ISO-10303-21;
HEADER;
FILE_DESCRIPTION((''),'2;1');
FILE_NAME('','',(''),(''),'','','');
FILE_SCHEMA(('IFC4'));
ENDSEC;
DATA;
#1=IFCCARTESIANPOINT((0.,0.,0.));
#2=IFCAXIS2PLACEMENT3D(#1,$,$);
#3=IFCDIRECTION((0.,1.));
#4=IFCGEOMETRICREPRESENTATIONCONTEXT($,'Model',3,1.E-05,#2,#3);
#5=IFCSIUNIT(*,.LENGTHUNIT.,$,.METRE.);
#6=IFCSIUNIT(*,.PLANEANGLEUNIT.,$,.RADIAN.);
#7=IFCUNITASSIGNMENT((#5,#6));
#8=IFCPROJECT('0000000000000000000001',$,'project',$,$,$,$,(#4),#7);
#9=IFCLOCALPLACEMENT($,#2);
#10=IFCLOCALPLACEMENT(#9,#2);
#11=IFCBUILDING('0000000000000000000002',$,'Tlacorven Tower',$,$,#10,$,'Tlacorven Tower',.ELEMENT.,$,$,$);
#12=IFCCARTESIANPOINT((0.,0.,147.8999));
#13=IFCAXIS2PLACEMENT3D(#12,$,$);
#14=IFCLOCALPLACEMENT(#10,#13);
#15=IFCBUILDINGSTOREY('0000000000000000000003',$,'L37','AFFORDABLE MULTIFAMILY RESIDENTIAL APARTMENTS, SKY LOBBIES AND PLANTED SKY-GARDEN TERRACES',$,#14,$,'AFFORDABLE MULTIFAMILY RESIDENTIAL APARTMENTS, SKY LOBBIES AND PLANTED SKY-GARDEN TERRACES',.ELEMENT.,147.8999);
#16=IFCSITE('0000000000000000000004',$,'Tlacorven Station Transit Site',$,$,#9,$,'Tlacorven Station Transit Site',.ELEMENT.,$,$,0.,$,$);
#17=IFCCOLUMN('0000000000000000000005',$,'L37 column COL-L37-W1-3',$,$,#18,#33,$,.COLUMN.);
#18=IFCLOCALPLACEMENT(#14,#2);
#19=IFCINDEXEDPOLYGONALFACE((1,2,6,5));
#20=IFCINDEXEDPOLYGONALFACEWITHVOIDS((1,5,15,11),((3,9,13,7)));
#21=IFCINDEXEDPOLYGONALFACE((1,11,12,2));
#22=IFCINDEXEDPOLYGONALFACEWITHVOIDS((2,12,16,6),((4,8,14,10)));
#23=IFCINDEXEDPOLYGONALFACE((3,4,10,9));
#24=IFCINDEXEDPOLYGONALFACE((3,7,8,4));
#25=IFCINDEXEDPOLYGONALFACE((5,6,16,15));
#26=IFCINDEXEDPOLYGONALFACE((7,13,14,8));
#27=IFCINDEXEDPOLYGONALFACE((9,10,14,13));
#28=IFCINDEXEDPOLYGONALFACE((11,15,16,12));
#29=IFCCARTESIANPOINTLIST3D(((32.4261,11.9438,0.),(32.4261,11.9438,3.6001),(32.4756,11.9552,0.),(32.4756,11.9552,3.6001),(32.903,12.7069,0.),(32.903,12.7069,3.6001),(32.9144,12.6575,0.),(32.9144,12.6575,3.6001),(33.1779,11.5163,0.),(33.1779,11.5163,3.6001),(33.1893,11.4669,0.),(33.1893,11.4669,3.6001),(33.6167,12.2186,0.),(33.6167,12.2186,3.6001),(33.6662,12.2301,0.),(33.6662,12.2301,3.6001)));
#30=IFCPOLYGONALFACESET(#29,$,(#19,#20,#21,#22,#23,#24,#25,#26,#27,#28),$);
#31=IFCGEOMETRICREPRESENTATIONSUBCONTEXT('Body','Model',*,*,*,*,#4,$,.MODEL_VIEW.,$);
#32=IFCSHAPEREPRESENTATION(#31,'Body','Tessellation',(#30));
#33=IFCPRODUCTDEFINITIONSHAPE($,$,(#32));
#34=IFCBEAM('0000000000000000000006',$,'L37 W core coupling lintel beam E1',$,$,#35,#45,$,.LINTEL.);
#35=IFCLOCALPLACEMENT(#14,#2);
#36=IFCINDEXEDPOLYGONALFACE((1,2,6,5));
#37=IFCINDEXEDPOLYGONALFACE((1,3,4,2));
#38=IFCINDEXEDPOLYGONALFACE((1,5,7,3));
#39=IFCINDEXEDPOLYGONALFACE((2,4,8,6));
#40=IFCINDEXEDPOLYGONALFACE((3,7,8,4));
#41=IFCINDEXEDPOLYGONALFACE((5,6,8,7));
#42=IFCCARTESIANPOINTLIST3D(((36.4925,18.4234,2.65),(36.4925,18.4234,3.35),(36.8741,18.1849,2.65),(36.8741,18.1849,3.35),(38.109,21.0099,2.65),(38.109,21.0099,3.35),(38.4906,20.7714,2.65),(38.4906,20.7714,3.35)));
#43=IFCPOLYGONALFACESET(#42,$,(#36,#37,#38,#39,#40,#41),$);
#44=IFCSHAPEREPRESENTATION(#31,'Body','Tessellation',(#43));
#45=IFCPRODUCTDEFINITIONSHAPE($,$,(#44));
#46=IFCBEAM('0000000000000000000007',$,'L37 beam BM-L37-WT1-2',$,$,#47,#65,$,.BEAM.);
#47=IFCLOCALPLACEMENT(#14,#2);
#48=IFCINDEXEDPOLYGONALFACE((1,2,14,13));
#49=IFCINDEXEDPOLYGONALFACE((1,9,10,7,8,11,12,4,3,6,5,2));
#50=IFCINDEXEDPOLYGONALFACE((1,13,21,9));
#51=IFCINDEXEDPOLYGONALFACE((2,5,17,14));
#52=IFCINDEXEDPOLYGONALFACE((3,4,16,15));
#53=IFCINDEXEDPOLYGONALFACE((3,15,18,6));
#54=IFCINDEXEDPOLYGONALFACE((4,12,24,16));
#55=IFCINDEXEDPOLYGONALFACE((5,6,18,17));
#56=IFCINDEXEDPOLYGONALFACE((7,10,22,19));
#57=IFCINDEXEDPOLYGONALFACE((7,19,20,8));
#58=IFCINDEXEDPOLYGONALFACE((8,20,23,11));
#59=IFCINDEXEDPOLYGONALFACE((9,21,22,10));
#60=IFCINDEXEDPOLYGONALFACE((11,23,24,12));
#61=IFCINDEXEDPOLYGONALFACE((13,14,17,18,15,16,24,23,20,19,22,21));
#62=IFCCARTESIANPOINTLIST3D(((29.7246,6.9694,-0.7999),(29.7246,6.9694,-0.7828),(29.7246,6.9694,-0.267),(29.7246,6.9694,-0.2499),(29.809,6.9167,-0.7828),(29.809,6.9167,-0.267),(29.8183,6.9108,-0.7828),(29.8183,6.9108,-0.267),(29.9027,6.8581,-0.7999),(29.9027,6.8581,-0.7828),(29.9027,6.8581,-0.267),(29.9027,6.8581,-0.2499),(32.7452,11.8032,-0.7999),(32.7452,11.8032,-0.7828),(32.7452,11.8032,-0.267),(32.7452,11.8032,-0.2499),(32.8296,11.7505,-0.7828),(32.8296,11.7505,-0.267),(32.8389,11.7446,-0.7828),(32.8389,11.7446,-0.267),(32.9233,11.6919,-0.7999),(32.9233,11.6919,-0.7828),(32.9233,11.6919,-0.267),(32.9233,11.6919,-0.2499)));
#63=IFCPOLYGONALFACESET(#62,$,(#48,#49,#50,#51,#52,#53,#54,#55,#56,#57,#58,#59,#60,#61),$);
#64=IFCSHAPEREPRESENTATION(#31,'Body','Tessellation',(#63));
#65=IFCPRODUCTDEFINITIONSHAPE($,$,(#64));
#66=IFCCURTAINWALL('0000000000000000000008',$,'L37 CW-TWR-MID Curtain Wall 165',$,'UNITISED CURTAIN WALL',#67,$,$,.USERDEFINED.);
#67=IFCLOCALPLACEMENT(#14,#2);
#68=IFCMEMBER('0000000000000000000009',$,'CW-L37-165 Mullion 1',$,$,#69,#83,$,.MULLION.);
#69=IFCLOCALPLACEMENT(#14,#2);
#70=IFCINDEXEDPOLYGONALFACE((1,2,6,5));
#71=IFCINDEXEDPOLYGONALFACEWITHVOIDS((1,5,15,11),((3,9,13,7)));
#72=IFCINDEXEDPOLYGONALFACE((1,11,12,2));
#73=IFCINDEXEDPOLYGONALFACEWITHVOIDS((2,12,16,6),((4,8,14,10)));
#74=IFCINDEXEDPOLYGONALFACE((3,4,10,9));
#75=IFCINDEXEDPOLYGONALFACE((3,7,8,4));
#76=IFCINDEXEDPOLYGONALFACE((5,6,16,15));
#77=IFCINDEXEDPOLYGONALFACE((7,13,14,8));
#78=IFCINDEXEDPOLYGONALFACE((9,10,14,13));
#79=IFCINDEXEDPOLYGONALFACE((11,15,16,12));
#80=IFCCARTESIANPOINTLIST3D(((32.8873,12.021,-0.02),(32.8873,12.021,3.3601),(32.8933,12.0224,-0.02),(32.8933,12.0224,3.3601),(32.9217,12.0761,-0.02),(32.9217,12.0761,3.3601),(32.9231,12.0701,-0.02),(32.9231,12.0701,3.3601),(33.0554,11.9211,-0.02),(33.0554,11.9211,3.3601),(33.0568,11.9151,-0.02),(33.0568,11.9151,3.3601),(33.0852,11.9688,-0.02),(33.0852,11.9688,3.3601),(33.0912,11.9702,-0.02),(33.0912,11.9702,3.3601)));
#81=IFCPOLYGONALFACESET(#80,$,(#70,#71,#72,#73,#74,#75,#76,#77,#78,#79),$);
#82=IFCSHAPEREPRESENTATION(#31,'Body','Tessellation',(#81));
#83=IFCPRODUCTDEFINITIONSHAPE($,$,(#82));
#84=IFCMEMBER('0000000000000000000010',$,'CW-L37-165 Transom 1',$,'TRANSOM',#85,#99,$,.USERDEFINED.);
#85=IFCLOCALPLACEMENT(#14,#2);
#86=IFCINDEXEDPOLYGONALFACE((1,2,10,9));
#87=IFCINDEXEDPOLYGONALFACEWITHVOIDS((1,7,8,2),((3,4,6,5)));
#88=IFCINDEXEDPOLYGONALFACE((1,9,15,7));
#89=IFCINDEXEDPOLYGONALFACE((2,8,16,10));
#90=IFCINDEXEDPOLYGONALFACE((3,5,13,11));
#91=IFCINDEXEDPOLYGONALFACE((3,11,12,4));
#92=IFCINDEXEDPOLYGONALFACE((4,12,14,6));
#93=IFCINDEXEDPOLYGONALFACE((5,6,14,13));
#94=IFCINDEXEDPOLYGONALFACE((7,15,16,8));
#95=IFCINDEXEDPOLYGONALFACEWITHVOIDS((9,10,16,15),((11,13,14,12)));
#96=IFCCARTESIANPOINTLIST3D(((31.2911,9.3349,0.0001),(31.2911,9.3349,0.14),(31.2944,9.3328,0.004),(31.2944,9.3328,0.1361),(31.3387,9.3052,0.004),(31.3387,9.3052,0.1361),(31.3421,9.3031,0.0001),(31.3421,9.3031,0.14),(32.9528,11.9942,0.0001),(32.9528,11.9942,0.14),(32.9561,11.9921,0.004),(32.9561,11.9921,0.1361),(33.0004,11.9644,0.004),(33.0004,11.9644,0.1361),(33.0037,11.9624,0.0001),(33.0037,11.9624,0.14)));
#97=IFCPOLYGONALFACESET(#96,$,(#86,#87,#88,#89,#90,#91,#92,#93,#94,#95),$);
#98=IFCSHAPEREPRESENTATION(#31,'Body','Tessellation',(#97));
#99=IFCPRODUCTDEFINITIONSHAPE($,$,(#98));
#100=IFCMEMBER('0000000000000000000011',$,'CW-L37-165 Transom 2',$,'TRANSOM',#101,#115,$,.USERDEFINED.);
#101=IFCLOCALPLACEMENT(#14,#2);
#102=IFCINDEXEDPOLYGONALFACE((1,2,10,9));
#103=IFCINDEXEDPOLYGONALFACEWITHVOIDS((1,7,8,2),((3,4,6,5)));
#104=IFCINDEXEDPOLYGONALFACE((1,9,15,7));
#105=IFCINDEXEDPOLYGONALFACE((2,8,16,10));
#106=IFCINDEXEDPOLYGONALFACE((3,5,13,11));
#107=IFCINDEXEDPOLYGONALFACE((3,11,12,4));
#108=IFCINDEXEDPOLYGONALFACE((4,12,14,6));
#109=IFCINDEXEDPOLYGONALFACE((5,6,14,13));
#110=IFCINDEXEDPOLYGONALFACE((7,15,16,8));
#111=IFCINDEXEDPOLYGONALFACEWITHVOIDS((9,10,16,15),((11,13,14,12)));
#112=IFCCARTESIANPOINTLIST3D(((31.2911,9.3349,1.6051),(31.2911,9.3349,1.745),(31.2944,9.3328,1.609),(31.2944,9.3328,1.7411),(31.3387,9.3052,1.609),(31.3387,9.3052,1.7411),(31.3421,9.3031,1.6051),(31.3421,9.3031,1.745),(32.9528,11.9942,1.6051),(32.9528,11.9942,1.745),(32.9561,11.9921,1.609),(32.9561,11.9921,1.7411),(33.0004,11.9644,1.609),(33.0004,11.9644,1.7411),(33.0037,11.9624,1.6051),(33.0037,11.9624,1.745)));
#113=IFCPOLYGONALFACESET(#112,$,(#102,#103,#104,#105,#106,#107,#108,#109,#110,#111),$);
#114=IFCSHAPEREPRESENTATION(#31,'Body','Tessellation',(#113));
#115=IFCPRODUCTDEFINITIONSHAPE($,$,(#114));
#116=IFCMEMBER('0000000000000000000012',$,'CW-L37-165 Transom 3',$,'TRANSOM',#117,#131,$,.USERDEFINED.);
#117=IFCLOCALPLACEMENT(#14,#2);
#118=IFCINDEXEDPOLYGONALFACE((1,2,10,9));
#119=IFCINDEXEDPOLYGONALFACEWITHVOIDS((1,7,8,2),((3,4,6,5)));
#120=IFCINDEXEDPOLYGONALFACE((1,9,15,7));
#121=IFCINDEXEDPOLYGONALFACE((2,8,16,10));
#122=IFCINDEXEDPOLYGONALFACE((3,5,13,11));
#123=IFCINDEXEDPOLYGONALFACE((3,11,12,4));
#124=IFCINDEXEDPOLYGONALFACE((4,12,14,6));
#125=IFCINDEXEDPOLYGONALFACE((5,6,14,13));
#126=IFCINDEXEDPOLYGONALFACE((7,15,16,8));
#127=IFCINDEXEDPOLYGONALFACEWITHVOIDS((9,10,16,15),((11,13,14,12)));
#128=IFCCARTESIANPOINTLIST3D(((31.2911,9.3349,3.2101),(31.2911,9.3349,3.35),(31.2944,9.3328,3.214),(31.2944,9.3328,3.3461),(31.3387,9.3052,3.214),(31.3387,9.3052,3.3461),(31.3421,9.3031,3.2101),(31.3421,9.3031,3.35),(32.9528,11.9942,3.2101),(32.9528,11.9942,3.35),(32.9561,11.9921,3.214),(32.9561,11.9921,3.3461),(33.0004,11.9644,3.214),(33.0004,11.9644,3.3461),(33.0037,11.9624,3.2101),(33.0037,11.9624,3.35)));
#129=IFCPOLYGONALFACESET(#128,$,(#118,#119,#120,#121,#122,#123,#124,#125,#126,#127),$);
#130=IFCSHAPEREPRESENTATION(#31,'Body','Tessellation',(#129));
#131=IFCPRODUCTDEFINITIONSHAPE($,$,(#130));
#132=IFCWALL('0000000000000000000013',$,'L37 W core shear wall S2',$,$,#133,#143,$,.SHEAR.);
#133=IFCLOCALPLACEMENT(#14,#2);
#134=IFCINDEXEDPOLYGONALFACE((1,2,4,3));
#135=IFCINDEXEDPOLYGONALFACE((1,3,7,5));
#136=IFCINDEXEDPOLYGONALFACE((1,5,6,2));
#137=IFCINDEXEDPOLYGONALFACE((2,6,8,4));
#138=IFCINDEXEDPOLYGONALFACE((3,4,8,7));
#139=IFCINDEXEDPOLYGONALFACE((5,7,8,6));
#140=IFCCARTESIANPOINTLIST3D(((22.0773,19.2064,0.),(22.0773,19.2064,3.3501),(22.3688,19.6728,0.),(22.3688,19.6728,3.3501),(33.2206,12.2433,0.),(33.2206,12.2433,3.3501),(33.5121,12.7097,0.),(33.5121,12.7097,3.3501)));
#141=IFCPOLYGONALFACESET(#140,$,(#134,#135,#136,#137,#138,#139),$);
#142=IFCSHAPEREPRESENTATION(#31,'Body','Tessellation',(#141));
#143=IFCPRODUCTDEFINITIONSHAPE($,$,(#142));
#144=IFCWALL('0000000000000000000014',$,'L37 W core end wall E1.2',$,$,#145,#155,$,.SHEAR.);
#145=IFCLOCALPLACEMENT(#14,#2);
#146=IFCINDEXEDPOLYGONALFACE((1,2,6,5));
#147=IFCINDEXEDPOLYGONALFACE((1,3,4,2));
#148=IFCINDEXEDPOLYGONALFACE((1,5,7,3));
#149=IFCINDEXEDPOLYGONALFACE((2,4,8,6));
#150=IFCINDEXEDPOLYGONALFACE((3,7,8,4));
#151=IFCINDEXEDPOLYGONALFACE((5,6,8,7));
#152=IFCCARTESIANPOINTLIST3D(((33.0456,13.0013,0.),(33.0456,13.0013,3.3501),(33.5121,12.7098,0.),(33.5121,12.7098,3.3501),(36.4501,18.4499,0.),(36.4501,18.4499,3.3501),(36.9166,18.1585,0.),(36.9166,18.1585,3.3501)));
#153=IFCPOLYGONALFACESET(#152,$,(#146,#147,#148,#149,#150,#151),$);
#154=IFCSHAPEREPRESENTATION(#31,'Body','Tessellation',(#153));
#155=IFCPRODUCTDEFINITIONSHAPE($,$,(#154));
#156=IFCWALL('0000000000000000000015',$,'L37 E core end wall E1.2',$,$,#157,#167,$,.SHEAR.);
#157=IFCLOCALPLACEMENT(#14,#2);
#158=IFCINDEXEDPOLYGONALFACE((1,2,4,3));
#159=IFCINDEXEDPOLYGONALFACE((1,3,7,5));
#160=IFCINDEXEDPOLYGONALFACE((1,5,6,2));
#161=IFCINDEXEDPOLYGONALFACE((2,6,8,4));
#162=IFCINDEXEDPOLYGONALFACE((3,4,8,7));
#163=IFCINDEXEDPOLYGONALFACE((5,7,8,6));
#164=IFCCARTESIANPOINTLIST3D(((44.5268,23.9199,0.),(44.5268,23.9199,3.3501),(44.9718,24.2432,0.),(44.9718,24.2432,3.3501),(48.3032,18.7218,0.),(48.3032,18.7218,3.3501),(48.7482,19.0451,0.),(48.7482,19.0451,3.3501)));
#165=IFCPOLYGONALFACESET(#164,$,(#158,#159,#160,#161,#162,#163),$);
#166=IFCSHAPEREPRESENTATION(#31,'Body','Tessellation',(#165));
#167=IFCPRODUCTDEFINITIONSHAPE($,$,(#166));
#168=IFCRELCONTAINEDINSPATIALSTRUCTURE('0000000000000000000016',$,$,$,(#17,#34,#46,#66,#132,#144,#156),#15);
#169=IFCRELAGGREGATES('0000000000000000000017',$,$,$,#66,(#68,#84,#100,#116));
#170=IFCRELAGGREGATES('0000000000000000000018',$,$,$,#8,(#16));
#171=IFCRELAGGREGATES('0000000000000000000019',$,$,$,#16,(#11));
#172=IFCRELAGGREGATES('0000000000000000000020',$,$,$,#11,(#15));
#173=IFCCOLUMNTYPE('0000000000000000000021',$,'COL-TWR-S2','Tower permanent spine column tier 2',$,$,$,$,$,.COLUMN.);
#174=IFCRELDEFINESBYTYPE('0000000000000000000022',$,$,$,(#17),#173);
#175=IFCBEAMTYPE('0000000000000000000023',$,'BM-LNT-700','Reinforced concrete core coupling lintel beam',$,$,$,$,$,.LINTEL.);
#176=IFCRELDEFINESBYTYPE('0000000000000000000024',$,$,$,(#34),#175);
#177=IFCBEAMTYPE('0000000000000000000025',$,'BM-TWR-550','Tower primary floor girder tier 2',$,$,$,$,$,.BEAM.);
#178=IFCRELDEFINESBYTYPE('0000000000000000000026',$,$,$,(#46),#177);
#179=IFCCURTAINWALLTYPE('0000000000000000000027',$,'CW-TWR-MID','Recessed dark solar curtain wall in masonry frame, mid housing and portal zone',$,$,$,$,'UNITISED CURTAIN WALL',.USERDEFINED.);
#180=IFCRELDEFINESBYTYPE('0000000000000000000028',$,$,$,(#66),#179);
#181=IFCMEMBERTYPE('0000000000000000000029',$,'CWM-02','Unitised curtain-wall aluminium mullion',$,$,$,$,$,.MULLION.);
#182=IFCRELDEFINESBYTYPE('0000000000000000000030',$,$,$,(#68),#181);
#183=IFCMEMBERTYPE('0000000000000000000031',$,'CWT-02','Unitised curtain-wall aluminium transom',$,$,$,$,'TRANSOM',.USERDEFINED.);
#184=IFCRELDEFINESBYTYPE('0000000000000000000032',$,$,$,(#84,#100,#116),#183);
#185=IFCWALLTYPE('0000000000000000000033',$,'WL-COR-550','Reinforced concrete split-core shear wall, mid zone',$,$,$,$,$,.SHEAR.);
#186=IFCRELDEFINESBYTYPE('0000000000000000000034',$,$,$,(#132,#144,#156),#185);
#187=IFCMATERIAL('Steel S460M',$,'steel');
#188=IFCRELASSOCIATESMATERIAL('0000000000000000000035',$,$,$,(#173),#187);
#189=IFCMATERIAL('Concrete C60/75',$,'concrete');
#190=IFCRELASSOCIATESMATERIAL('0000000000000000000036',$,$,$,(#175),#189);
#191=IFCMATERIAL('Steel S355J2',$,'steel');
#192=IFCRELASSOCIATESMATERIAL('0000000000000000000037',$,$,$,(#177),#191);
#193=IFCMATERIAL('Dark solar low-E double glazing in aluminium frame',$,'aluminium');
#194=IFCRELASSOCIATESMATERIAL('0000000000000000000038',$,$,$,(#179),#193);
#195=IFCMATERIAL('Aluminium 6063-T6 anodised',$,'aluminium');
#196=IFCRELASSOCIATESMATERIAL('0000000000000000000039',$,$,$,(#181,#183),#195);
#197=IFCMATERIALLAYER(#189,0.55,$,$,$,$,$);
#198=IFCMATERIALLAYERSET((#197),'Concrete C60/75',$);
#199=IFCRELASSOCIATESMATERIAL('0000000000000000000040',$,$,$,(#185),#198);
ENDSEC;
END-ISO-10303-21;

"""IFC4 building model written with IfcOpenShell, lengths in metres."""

from ifc_helpers import new_model, si_unit, direction, frame, frame_2d, origin, origin_2d, place, context, subcontext, project, spatial, rectangle, hollow_rectangle, i_section, extrude, source, transform, mapped, material, layer, layer_set, material_profile, profile_set, type_object, element, aggregate, save


model = new_model("IFC4")

# Units and contexts
model_context = context("Model", 3, precision=1e-05, world=origin(), true_north=direction((0.0, 1.0)))
body_context = subcontext(model_context, "Body", "Model", "MODEL_VIEW")
ifc_project = project(units=[si_unit("LENGTHUNIT", "METRE"), si_unit("PLANEANGLEUNIT", "RADIAN")], contexts=[model_context])

# Site, building, storey
site_placement = place(None, origin())
site = spatial("IfcSite", under=ifc_project, at=site_placement, Name="Tlacorven Station Transit Site", LongName="Tlacorven Station Transit Site", CompositionType="ELEMENT", RefElevation=0.0)
building_placement = place(site_placement, origin())
building = spatial("IfcBuilding", under=site, at=building_placement, Name="Tlacorven Tower", LongName="Tlacorven Tower", CompositionType="ELEMENT")
storey_placement = place(building_placement, frame((0.0, 0.0, 147.8999)))
storey = spatial("IfcBuildingStorey", under=building, at=storey_placement, Name="L37", Description="AFFORDABLE MULTIFAMILY RESIDENTIAL APARTMENTS, SKY LOBBIES AND PLANTED SKY-GARDEN TERRACES", LongName="AFFORDABLE MULTIFAMILY RESIDENTIAL APARTMENTS, SKY LOBBIES AND PLANTED SKY-GARDEN TERRACES", CompositionType="ELEMENT", Elevation=147.8999)

# Column
ifc_material_1 = material(Name="Steel S460M", Category="steel")
ifc_material_profile_1 = material_profile(ifc_material_1, hollow_rectangle(XDim=0.8999, YDim=0.8999, WallThickness=0.0359, at=origin_2d()), Name="BOX 900X900X36")
ifc_profile_set_1 = profile_set([ifc_material_profile_1], Name="Steel S460M")
column_type = type_object("IfcColumnType", Name="COL-TWR-S2", Description="Tower permanent spine column tier 2", PredefinedType="COLUMN", material=ifc_profile_set_1)
shared_shape_1 = source(origin(), body_context, "Body", "SweptSolid", [
    extrude(hollow_rectangle(XDim=0.8999, YDim=0.8999, WallThickness=0.0359, at=origin_2d()), origin(), (0.0, 0.0, 1.0), 3.6001),
])
column_placement = place(storey_placement, frame((33.0461, 12.0869, 0.0), z_axis=(0.0, 0.0, 1.0), x_axis=(-0.848048, 0.529919, 0.0)))
element("IfcColumn", 1, at=column_placement, inside=storey, type_object=column_type, Name="L37 column COL-L37-W1-3", PredefinedType="COLUMN", context=body_context, shape_type="MappedRepresentation", body=[
    mapped(shared_shape_1, transform((0.0, 0.0, 0.0), scale=1.0)),
])

# Beams
ifc_material_2 = material(Name="Concrete C60/75", Category="concrete")
ifc_material_profile_2 = material_profile(ifc_material_2, rectangle(XDim=0.45, YDim=0.7, at=origin_2d()), Name="RC 450X700")
ifc_profile_set_2 = profile_set([ifc_material_profile_2], Name="Concrete C60/75")
beam_type_1 = type_object("IfcBeamType", Name="BM-LNT-700", Description="Reinforced concrete core coupling lintel beam", PredefinedType="LINTEL", material=ifc_profile_set_2)
shared_shape_2 = source(origin(), body_context, "Body", "SweptSolid", [
    extrude(rectangle(XDim=0.45, YDim=0.7, at=origin_2d()), origin(), (0.0, 0.0, 1.0), 3.05),
])
beam_1_placement = place(storey_placement, frame((38.2998, 20.8906, 3.0), z_axis=(-0.529985, -0.848007, 0.0), x_axis=(0.848007, -0.529985, 0.0)))
element("IfcBeam", 2, at=beam_1_placement, inside=storey, type_object=beam_type_1, Name="L37 W core coupling lintel beam E1", PredefinedType="LINTEL", context=body_context, shape_type="MappedRepresentation", body=[
    mapped(shared_shape_2, transform((0.0, 0.0, 0.0), scale=1.0)),
])
ifc_material_3 = material(Name="Steel S355J2", Category="steel")
ifc_material_profile_3 = material_profile(ifc_material_3, i_section(OverallWidth=0.21, OverallDepth=0.55, WebThickness=0.011, FlangeThickness=0.0171, at=origin_2d()), Name="IPE 550")
ifc_profile_set_3 = profile_set([ifc_material_profile_3], Name="Steel S355J2")
beam_type_2 = type_object("IfcBeamType", Name="BM-TWR-550", Description="Tower primary floor girder tier 2", PredefinedType="BEAM", material=ifc_profile_set_3)
shared_shape_3 = source(origin(), body_context, "Body", "SweptSolid", [
    extrude(i_section(OverallWidth=0.21, OverallDepth=0.55, WebThickness=0.011, FlangeThickness=0.0171, at=origin_2d()), origin(), (0.0, 0.0, 1.0), 5.7),
])
beam_2_placement = place(storey_placement, frame((32.8342, 11.7476, -0.5249), z_axis=(-0.529926, -0.848044, 0.0), x_axis=(0.848044, -0.529926, 0.0)))
element("IfcBeam", 3, at=beam_2_placement, inside=storey, type_object=beam_type_2, Name="L37 beam BM-L37-WT1-2", PredefinedType="BEAM", context=body_context, shape_type="MappedRepresentation", body=[
    mapped(shared_shape_3, transform((0.0, 0.0, 0.0), scale=1.0)),
])

# Curtain wall, members
ifc_material_4 = material(Name="Dark solar low-E double glazing in aluminium frame", Category="aluminium")
curtain_wall_type = type_object("IfcCurtainWallType", Name="CW-TWR-MID", Description="Recessed dark solar curtain wall in masonry frame, mid housing and portal zone", ElementType="UNITISED CURTAIN WALL", PredefinedType="USERDEFINED", material=ifc_material_4)
curtain_wall_placement = place(storey_placement, origin())
curtain_wall = element("IfcCurtainWall", 4, at=curtain_wall_placement, inside=storey, type_object=curtain_wall_type, Name="L37 CW-TWR-MID Curtain Wall 165", ObjectType="UNITISED CURTAIN WALL", PredefinedType="USERDEFINED")
ifc_material_5 = material(Name="Aluminium 6063-T6 anodised", Category="aluminium")
ifc_material_profile_4 = material_profile(ifc_material_5, hollow_rectangle(XDim=0.0649, YDim=0.2, WallThickness=0.0044, at=origin_2d()), Name="ALU MULLION 65X200")
ifc_profile_set_4 = profile_set([ifc_material_profile_4], Name="Aluminium 6063-T6 anodised")
member_type_1 = type_object("IfcMemberType", Name="CWM-02", Description="Unitised curtain-wall aluminium mullion", PredefinedType="MULLION", material=ifc_profile_set_4)
shared_shape_4 = source(origin(), body_context, "Body", "SweptSolid", [
    extrude(hollow_rectangle(XDim=0.0649, YDim=0.2, WallThickness=0.0044, at=origin_2d()), origin(), (0.0, 0.0, 1.0), 3.3801),
])
member_1_placement = place(storey_placement, frame((32.9893, 11.9956, -0.02), z_axis=(0.0, 0.0, 1.0), x_axis=(-0.529919, -0.848048, 0.0)))
member_1 = element("IfcMember", 5, at=member_1_placement, type_object=member_type_1, Name="CW-L37-165 Mullion 1", PredefinedType="MULLION", context=body_context, shape_type="MappedRepresentation", body=[
    mapped(shared_shape_4, transform((0.0, 0.0, 0.0), scale=1.0)),
])
ifc_material_profile_5 = material_profile(ifc_material_5, hollow_rectangle(XDim=0.0601, YDim=0.1399, WallThickness=0.0039, at=origin_2d()), Name="ALU TRANSOM 60X140")
ifc_profile_set_5 = profile_set([ifc_material_profile_5], Name="Aluminium 6063-T6 anodised")
member_type_2 = type_object("IfcMemberType", Name="CWT-02", Description="Unitised curtain-wall aluminium transom", ElementType="TRANSOM", PredefinedType="USERDEFINED", material=ifc_profile_set_5)
shared_shape_5 = source(origin(), body_context, "Body", "SweptSolid", [
    extrude(hollow_rectangle(XDim=0.0601, YDim=0.1399, WallThickness=0.0039, at=origin_2d()), origin(), (0.0, 0.0, 1.0), 3.1357),
])
member_2_placement = place(storey_placement, frame((32.9783, 11.9783, 0.0701), z_axis=(-0.529915, -0.848051, 0.0), x_axis=(0.848051, -0.529915, 0.0)))
member_2 = element("IfcMember", 6, at=member_2_placement, type_object=member_type_2, Name="CW-L37-165 Transom 1", ObjectType="TRANSOM", PredefinedType="USERDEFINED", context=body_context, shape_type="MappedRepresentation", body=[
    mapped(shared_shape_5, transform((0.0, 0.0, 0.0), scale=1.0)),
])
member_3_placement = place(storey_placement, frame((32.9783, 11.9783, 1.675), z_axis=(-0.529915, -0.848051, 0.0), x_axis=(0.848051, -0.529915, 0.0)))
member_3 = element("IfcMember", 7, at=member_3_placement, type_object=member_type_2, Name="CW-L37-165 Transom 2", ObjectType="TRANSOM", PredefinedType="USERDEFINED", context=body_context, shape_type="MappedRepresentation", body=[
    mapped(shared_shape_5, transform((0.0, 0.0, 0.0), scale=1.0)),
])
member_4_placement = place(storey_placement, frame((32.9783, 11.9783, 3.28), z_axis=(-0.529915, -0.848051, 0.0), x_axis=(0.848051, -0.529915, 0.0)))
member_4 = element("IfcMember", 8, at=member_4_placement, type_object=member_type_2, Name="CW-L37-165 Transom 3", ObjectType="TRANSOM", PredefinedType="USERDEFINED", context=body_context, shape_type="MappedRepresentation", body=[
    mapped(shared_shape_5, transform((0.0, 0.0, 0.0), scale=1.0)),
])
aggregate(curtain_wall, [member_1, member_2, member_3, member_4])

# Walls
ifc_layer_1 = layer(ifc_material_2, 0.55)
ifc_layer_set_1 = layer_set([ifc_layer_1], Name="Concrete C60/75")
wall_type_1 = type_object("IfcWallType", Name="WL-COR-550", Description="Reinforced concrete split-core shear wall, mid zone", PredefinedType="SHEAR", material=ifc_layer_set_1)
wall_1_placement = place(storey_placement, frame((33.3662, 12.4766, 0.0), z_axis=(0.0, 0.0, 1.0), x_axis=(-0.848047, 0.52992, 0.0)))
element("IfcWall", 9, at=wall_1_placement, inside=storey, type_object=wall_type_1, Name="L37 W core shear wall S2", PredefinedType="SHEAR", context=body_context, shape_type="SweptSolid", body=[
    extrude(rectangle(XDim=13.1399, YDim=0.55, at=frame_2d((6.5698, 0.0))), origin(), (0.0, 0.0, 1.0), 3.3501),
])
wall_2_placement = place(storey_placement, frame((36.6833, 18.3042, 0.0), z_axis=(0.0, 0.0, 1.0), x_axis=(-0.529896, -0.848062, 0.0)))
element("IfcWall", 10, at=wall_2_placement, inside=storey, type_object=wall_type_1, Name="L37 W core end wall E1.2", PredefinedType="SHEAR", context=body_context, shape_type="SweptSolid", body=[
    extrude(rectangle(XDim=6.4248, YDim=0.55, at=frame_2d((3.2124, 0.0))), origin(), (0.0, 0.0, 1.0), 3.3501),
])
wall_3_placement = place(storey_placement, frame((48.5256, 18.8835, 0.0), z_axis=(0.0, 0.0, 1.0), x_axis=(-0.587765, 0.809032, 0.0)))
element("IfcWall", 11, at=wall_3_placement, inside=storey, type_object=wall_type_1, Name="L37 E core end wall E1.2", PredefinedType="SHEAR", context=body_context, shape_type="SweptSolid", body=[
    extrude(rectangle(XDim=6.425, YDim=0.55, at=frame_2d((3.2124, 0.0))), origin(), (0.0, 0.0, 1.0), 3.3501),
])

save(model, "model.ifc")
